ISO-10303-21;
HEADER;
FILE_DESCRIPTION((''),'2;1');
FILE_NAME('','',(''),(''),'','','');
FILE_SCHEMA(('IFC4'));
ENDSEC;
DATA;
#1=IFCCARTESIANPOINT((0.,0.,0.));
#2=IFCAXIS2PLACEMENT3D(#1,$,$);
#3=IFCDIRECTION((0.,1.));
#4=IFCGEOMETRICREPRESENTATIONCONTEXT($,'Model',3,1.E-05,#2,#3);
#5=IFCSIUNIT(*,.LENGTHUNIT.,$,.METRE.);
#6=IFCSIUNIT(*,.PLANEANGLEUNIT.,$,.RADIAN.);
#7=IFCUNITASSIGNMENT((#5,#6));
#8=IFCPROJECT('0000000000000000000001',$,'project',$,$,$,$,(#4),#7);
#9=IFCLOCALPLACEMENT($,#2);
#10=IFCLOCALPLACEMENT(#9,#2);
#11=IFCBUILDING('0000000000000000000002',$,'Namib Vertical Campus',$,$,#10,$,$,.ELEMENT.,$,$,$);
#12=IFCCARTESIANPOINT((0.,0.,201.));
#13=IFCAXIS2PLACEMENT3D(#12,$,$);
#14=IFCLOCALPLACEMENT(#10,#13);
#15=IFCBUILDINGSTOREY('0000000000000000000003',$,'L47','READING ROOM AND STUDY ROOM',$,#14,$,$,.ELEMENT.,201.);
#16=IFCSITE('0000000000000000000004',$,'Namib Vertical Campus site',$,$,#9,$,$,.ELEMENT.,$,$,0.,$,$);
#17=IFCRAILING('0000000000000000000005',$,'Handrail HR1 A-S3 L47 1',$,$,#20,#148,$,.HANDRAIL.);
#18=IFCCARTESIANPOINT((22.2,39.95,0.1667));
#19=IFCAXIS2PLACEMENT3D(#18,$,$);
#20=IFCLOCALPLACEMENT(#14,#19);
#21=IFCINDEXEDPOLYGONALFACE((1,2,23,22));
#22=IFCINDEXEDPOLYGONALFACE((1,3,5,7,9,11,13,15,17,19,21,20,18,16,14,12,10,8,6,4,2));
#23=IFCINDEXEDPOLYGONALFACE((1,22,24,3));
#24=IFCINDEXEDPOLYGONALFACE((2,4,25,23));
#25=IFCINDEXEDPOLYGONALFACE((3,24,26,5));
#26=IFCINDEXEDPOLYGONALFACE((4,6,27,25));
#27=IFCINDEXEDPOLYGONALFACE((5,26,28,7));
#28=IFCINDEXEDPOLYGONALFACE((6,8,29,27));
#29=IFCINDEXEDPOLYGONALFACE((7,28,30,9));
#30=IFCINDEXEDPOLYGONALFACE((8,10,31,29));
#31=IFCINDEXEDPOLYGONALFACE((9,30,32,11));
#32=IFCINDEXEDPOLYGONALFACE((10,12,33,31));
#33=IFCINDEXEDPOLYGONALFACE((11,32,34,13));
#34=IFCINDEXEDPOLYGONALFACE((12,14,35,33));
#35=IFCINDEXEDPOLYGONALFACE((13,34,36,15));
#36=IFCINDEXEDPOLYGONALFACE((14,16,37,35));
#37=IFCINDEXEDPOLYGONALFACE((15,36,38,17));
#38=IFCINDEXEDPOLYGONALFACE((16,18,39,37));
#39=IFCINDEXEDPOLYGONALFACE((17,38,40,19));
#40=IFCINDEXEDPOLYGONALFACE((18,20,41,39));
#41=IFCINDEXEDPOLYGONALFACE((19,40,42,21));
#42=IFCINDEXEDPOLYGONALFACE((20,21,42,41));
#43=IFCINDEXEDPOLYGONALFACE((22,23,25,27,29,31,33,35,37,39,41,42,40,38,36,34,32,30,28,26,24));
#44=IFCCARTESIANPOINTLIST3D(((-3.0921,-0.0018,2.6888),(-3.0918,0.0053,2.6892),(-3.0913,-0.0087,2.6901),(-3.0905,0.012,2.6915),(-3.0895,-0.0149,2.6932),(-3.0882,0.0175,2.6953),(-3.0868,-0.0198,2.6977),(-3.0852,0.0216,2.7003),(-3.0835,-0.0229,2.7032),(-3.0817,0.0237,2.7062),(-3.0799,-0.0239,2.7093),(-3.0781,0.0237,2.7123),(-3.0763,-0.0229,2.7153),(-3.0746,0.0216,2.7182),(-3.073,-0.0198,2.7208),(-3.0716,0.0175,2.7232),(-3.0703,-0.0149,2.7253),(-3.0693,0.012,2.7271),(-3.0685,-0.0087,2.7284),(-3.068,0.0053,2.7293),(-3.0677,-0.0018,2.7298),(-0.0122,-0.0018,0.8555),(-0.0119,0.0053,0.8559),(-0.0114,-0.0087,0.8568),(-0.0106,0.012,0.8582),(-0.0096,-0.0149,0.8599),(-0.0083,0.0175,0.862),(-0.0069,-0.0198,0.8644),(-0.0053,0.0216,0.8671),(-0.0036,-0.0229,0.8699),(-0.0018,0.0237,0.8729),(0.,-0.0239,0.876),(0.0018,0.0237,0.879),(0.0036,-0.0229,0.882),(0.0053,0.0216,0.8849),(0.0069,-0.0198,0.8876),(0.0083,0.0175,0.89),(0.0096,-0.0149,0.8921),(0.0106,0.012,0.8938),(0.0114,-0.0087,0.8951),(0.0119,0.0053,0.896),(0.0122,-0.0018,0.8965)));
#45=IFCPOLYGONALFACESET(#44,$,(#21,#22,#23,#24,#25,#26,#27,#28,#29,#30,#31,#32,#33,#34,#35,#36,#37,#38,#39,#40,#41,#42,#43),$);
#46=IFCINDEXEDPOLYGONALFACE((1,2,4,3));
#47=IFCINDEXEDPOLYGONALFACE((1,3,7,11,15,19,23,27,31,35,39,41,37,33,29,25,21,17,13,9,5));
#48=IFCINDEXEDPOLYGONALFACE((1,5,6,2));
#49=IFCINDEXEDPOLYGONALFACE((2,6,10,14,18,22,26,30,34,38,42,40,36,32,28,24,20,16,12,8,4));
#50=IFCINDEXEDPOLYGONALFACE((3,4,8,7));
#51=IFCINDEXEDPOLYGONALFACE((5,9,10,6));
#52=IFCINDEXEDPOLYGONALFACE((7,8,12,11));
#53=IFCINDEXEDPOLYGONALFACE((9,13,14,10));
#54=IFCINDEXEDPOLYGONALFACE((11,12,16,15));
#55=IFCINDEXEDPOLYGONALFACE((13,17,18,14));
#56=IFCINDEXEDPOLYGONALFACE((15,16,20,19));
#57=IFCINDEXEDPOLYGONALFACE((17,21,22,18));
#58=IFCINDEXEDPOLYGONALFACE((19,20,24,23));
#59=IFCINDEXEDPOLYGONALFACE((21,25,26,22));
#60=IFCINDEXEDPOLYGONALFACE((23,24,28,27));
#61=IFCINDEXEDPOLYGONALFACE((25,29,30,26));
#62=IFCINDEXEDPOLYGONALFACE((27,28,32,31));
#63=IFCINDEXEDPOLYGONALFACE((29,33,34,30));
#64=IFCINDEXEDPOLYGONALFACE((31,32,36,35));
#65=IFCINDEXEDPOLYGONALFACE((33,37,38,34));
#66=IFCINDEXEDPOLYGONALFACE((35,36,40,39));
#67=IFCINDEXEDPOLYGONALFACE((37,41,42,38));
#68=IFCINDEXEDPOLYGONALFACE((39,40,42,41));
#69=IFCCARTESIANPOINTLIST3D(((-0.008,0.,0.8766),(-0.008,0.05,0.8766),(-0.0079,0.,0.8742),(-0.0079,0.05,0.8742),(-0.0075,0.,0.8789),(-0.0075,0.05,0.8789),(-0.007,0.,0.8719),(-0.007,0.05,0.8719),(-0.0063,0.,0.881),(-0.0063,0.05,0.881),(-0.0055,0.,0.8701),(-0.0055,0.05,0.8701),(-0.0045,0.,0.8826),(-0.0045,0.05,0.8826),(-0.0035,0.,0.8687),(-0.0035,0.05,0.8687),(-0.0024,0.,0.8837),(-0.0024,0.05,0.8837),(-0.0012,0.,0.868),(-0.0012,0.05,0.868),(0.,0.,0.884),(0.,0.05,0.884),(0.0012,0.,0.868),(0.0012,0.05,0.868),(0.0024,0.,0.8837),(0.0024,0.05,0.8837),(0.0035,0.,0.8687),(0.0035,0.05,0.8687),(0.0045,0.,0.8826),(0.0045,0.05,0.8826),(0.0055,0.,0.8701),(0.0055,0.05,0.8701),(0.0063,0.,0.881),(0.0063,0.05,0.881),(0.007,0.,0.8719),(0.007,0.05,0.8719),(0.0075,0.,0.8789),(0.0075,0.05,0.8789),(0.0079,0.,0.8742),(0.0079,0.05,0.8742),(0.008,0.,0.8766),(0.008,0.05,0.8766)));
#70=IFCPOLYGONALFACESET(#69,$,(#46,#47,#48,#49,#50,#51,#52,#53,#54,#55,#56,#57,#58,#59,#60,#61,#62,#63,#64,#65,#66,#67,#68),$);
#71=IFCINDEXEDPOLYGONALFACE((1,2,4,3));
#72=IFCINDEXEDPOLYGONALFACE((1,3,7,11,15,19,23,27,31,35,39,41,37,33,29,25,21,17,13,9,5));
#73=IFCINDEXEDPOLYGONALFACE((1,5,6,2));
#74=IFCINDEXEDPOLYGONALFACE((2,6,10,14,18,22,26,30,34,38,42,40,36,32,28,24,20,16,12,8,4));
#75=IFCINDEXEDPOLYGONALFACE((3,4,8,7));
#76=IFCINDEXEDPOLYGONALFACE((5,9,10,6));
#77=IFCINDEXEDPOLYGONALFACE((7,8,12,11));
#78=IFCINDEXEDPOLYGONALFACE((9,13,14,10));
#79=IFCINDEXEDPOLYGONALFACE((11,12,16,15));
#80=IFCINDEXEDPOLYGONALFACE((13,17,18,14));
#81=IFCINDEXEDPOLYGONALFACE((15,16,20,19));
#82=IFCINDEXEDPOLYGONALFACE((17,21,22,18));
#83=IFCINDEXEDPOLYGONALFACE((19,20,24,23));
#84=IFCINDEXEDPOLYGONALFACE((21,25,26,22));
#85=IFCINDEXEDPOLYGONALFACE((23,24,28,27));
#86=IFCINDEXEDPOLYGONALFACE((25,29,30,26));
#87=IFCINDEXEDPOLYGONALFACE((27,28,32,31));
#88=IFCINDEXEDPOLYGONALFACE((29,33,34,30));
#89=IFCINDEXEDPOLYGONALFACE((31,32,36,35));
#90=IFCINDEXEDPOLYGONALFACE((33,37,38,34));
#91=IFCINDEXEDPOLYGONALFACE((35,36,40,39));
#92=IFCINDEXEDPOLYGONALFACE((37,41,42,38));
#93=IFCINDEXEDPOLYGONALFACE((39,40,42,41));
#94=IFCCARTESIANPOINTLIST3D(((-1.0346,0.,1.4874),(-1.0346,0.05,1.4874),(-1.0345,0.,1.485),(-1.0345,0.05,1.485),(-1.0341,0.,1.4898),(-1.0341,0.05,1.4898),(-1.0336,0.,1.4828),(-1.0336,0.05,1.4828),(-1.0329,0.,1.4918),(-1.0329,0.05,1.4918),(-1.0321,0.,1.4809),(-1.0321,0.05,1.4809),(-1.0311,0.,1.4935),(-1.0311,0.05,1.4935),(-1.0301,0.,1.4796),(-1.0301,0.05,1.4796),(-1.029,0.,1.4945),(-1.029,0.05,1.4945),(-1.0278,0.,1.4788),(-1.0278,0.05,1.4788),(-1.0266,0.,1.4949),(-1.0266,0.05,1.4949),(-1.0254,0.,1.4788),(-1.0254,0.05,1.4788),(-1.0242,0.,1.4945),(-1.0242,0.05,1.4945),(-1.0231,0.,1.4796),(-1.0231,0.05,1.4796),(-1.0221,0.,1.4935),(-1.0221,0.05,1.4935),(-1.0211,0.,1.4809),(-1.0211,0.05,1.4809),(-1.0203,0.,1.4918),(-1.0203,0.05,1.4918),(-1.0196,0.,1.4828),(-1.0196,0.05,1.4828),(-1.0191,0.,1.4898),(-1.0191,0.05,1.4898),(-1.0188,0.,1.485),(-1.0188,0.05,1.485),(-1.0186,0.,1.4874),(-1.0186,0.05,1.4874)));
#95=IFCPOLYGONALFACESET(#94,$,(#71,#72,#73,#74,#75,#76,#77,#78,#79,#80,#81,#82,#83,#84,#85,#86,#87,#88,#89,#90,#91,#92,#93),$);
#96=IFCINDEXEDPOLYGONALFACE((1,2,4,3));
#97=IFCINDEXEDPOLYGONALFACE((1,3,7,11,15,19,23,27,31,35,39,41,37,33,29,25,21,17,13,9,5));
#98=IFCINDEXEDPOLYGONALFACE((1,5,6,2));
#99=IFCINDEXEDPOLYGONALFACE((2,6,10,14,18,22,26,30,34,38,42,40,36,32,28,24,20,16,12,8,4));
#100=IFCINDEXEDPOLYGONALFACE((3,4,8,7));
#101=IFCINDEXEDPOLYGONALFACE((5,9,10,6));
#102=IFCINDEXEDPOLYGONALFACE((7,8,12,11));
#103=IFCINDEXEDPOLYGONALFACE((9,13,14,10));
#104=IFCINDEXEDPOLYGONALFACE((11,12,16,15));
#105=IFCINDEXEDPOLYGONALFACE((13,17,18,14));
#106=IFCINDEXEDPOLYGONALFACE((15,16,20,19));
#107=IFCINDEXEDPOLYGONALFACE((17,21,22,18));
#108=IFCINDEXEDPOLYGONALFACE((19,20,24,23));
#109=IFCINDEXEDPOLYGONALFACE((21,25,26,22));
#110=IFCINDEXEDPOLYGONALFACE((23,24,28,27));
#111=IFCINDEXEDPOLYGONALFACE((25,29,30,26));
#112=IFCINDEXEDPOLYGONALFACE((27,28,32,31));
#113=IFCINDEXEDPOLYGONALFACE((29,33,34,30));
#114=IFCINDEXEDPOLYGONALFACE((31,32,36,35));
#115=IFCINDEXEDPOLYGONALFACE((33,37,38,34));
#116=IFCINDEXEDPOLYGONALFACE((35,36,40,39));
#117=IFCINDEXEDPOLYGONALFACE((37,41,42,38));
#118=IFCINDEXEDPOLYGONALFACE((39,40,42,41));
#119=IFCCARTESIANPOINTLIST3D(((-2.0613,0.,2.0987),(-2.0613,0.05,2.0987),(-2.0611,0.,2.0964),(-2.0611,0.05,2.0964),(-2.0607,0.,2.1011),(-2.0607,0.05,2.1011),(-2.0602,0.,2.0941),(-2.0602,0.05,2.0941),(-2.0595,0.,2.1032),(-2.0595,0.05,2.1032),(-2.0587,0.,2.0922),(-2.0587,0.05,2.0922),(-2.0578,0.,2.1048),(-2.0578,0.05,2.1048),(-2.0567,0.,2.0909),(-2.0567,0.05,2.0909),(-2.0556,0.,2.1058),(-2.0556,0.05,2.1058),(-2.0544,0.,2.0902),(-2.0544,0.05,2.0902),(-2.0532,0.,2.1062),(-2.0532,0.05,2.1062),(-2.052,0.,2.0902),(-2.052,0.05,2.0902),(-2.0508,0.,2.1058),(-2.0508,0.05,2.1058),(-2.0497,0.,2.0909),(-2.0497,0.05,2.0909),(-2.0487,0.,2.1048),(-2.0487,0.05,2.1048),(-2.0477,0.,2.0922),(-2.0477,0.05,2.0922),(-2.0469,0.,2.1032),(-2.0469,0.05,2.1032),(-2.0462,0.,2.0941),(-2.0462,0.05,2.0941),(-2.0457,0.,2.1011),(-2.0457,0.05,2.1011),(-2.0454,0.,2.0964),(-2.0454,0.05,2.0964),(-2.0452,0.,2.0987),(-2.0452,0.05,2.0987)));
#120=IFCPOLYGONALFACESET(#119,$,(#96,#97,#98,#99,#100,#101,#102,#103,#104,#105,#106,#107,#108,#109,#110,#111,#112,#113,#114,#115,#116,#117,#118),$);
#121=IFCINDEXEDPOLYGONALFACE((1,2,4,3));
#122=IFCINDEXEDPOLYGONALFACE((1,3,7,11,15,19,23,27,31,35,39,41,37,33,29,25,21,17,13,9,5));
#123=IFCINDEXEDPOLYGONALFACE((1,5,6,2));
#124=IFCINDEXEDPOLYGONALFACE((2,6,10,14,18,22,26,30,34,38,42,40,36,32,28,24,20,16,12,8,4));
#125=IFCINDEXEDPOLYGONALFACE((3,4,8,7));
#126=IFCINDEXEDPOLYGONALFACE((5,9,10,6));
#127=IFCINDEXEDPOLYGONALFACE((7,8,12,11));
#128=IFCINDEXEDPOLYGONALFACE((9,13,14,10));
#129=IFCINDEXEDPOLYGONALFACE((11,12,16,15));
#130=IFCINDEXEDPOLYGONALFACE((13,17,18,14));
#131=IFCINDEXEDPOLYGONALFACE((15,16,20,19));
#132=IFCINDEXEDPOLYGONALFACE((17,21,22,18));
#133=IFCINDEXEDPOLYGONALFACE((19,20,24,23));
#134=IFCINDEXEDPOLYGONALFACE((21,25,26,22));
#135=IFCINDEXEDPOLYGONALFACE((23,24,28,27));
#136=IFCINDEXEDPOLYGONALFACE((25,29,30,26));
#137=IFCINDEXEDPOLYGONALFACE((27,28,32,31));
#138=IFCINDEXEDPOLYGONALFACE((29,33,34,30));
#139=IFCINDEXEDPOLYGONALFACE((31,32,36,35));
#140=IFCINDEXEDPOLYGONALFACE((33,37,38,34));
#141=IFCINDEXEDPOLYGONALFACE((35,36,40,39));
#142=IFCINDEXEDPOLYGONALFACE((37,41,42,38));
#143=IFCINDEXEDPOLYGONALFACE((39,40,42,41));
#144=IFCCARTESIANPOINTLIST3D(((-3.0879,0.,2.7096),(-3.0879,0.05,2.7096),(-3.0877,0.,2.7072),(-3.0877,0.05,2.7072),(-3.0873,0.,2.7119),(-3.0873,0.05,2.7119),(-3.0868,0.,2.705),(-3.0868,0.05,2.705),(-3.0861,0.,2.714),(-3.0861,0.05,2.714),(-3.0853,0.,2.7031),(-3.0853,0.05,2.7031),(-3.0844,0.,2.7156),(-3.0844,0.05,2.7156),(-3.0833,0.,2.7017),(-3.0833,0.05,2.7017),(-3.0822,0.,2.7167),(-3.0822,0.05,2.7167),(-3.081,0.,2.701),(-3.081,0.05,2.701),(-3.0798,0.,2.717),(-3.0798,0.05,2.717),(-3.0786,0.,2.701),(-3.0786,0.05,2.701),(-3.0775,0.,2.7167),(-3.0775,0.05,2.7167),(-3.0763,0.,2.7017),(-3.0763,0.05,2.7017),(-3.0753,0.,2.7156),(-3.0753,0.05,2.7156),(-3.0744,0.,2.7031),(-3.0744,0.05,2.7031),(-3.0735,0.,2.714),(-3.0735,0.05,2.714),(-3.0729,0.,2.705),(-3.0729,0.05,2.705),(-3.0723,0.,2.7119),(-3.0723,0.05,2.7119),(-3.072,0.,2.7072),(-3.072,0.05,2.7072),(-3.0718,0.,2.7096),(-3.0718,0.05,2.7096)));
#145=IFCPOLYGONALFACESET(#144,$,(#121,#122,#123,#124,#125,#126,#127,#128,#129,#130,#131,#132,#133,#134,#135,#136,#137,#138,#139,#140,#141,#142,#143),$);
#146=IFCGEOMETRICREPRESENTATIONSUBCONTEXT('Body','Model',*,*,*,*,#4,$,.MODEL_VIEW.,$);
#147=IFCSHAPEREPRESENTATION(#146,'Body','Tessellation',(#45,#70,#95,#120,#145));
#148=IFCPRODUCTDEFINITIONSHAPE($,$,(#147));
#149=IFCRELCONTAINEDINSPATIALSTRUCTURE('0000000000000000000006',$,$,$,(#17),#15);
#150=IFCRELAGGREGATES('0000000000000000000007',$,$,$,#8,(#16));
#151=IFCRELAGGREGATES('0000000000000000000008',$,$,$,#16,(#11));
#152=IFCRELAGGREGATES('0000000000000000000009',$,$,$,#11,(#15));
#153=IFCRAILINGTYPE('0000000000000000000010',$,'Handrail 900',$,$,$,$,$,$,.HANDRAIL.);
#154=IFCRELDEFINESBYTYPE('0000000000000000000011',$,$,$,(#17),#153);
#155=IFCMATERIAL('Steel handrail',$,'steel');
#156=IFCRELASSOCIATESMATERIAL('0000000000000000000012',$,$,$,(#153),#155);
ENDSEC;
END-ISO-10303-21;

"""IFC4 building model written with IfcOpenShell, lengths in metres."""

from ifc_helpers import new_model, si_unit, direction, frame, origin, origin_2d, place, context, subcontext, project, spatial, circle, extrude, material, type_object, element, save


model = new_model("IFC4")

# Units and contexts
model_context = context("Model", 3, precision=1e-05, world=origin(), true_north=direction((0.0, 1.0)))
body_context = subcontext(model_context, "Body", "Model", "MODEL_VIEW")
ifc_project = project(units=[si_unit("LENGTHUNIT", "METRE"), si_unit("PLANEANGLEUNIT", "RADIAN")], contexts=[model_context])

# Site, building, storey
site_placement = place(None, origin())
site = spatial("IfcSite", under=ifc_project, at=site_placement, Name="Namib Vertical Campus site", CompositionType="ELEMENT", RefElevation=0.0)
building_placement = place(site_placement, origin())
building = spatial("IfcBuilding", under=site, at=building_placement, Name="Namib Vertical Campus", CompositionType="ELEMENT")
storey_placement = place(building_placement, frame((0.0, 0.0, 201.0)))
storey = spatial("IfcBuildingStorey", under=building, at=storey_placement, Name="L47", Description="READING ROOM AND STUDY ROOM", CompositionType="ELEMENT", Elevation=201.0)

# Railing
ifc_material_1 = material(Name="Steel handrail", Category="steel")
railing_type_1 = type_object("IfcRailingType", Name="Handrail 900", PredefinedType="HANDRAIL", material=ifc_material_1)
railing_1_placement = place(storey_placement, frame((22.2, 39.95, 0.1667)))
element("IfcRailing", 1, at=railing_1_placement, inside=storey, type_object=railing_type_1, Name="Handrail HR1 A-S3 L47 1", PredefinedType="HANDRAIL", context=body_context, shape_type="SweptSolid", body=[
    extrude(circle(Radius=0.0239, at=origin_2d()), frame((0.0, 0.0, 0.876), z_axis=(-0.859291, 0.0, 0.511487), x_axis=(0.0, -1.0, 0.0)), (0.0, 0.0, 1.0), 3.5842),
    extrude(circle(Radius=0.0081, at=origin_2d()), frame((0.0, 0.0, 0.876), z_axis=(0.0, 1.0, 0.0), x_axis=(0.0, 0.0, 1.0)), (0.0, 0.0, 1.0), 0.05),
    extrude(circle(Radius=0.0081, at=origin_2d()), frame((-1.0266, 0.0, 1.4868), z_axis=(0.0, 1.0, 0.0), x_axis=(0.0, 0.0, 1.0)), (0.0, 0.0, 1.0), 0.05),
    extrude(circle(Radius=0.0081, at=origin_2d()), frame((-2.0532, 0.0, 2.0981), z_axis=(0.0, 1.0, 0.0), x_axis=(0.0, 0.0, 1.0)), (0.0, 0.0, 1.0), 0.05),
    extrude(circle(Radius=0.0081, at=origin_2d()), frame((-3.0798, 0.0, 2.709), z_axis=(0.0, 1.0, 0.0), x_axis=(0.0, 0.0, 1.0)), (0.0, 0.0, 1.0), 0.05),
])

save(model, "model.ifc")
